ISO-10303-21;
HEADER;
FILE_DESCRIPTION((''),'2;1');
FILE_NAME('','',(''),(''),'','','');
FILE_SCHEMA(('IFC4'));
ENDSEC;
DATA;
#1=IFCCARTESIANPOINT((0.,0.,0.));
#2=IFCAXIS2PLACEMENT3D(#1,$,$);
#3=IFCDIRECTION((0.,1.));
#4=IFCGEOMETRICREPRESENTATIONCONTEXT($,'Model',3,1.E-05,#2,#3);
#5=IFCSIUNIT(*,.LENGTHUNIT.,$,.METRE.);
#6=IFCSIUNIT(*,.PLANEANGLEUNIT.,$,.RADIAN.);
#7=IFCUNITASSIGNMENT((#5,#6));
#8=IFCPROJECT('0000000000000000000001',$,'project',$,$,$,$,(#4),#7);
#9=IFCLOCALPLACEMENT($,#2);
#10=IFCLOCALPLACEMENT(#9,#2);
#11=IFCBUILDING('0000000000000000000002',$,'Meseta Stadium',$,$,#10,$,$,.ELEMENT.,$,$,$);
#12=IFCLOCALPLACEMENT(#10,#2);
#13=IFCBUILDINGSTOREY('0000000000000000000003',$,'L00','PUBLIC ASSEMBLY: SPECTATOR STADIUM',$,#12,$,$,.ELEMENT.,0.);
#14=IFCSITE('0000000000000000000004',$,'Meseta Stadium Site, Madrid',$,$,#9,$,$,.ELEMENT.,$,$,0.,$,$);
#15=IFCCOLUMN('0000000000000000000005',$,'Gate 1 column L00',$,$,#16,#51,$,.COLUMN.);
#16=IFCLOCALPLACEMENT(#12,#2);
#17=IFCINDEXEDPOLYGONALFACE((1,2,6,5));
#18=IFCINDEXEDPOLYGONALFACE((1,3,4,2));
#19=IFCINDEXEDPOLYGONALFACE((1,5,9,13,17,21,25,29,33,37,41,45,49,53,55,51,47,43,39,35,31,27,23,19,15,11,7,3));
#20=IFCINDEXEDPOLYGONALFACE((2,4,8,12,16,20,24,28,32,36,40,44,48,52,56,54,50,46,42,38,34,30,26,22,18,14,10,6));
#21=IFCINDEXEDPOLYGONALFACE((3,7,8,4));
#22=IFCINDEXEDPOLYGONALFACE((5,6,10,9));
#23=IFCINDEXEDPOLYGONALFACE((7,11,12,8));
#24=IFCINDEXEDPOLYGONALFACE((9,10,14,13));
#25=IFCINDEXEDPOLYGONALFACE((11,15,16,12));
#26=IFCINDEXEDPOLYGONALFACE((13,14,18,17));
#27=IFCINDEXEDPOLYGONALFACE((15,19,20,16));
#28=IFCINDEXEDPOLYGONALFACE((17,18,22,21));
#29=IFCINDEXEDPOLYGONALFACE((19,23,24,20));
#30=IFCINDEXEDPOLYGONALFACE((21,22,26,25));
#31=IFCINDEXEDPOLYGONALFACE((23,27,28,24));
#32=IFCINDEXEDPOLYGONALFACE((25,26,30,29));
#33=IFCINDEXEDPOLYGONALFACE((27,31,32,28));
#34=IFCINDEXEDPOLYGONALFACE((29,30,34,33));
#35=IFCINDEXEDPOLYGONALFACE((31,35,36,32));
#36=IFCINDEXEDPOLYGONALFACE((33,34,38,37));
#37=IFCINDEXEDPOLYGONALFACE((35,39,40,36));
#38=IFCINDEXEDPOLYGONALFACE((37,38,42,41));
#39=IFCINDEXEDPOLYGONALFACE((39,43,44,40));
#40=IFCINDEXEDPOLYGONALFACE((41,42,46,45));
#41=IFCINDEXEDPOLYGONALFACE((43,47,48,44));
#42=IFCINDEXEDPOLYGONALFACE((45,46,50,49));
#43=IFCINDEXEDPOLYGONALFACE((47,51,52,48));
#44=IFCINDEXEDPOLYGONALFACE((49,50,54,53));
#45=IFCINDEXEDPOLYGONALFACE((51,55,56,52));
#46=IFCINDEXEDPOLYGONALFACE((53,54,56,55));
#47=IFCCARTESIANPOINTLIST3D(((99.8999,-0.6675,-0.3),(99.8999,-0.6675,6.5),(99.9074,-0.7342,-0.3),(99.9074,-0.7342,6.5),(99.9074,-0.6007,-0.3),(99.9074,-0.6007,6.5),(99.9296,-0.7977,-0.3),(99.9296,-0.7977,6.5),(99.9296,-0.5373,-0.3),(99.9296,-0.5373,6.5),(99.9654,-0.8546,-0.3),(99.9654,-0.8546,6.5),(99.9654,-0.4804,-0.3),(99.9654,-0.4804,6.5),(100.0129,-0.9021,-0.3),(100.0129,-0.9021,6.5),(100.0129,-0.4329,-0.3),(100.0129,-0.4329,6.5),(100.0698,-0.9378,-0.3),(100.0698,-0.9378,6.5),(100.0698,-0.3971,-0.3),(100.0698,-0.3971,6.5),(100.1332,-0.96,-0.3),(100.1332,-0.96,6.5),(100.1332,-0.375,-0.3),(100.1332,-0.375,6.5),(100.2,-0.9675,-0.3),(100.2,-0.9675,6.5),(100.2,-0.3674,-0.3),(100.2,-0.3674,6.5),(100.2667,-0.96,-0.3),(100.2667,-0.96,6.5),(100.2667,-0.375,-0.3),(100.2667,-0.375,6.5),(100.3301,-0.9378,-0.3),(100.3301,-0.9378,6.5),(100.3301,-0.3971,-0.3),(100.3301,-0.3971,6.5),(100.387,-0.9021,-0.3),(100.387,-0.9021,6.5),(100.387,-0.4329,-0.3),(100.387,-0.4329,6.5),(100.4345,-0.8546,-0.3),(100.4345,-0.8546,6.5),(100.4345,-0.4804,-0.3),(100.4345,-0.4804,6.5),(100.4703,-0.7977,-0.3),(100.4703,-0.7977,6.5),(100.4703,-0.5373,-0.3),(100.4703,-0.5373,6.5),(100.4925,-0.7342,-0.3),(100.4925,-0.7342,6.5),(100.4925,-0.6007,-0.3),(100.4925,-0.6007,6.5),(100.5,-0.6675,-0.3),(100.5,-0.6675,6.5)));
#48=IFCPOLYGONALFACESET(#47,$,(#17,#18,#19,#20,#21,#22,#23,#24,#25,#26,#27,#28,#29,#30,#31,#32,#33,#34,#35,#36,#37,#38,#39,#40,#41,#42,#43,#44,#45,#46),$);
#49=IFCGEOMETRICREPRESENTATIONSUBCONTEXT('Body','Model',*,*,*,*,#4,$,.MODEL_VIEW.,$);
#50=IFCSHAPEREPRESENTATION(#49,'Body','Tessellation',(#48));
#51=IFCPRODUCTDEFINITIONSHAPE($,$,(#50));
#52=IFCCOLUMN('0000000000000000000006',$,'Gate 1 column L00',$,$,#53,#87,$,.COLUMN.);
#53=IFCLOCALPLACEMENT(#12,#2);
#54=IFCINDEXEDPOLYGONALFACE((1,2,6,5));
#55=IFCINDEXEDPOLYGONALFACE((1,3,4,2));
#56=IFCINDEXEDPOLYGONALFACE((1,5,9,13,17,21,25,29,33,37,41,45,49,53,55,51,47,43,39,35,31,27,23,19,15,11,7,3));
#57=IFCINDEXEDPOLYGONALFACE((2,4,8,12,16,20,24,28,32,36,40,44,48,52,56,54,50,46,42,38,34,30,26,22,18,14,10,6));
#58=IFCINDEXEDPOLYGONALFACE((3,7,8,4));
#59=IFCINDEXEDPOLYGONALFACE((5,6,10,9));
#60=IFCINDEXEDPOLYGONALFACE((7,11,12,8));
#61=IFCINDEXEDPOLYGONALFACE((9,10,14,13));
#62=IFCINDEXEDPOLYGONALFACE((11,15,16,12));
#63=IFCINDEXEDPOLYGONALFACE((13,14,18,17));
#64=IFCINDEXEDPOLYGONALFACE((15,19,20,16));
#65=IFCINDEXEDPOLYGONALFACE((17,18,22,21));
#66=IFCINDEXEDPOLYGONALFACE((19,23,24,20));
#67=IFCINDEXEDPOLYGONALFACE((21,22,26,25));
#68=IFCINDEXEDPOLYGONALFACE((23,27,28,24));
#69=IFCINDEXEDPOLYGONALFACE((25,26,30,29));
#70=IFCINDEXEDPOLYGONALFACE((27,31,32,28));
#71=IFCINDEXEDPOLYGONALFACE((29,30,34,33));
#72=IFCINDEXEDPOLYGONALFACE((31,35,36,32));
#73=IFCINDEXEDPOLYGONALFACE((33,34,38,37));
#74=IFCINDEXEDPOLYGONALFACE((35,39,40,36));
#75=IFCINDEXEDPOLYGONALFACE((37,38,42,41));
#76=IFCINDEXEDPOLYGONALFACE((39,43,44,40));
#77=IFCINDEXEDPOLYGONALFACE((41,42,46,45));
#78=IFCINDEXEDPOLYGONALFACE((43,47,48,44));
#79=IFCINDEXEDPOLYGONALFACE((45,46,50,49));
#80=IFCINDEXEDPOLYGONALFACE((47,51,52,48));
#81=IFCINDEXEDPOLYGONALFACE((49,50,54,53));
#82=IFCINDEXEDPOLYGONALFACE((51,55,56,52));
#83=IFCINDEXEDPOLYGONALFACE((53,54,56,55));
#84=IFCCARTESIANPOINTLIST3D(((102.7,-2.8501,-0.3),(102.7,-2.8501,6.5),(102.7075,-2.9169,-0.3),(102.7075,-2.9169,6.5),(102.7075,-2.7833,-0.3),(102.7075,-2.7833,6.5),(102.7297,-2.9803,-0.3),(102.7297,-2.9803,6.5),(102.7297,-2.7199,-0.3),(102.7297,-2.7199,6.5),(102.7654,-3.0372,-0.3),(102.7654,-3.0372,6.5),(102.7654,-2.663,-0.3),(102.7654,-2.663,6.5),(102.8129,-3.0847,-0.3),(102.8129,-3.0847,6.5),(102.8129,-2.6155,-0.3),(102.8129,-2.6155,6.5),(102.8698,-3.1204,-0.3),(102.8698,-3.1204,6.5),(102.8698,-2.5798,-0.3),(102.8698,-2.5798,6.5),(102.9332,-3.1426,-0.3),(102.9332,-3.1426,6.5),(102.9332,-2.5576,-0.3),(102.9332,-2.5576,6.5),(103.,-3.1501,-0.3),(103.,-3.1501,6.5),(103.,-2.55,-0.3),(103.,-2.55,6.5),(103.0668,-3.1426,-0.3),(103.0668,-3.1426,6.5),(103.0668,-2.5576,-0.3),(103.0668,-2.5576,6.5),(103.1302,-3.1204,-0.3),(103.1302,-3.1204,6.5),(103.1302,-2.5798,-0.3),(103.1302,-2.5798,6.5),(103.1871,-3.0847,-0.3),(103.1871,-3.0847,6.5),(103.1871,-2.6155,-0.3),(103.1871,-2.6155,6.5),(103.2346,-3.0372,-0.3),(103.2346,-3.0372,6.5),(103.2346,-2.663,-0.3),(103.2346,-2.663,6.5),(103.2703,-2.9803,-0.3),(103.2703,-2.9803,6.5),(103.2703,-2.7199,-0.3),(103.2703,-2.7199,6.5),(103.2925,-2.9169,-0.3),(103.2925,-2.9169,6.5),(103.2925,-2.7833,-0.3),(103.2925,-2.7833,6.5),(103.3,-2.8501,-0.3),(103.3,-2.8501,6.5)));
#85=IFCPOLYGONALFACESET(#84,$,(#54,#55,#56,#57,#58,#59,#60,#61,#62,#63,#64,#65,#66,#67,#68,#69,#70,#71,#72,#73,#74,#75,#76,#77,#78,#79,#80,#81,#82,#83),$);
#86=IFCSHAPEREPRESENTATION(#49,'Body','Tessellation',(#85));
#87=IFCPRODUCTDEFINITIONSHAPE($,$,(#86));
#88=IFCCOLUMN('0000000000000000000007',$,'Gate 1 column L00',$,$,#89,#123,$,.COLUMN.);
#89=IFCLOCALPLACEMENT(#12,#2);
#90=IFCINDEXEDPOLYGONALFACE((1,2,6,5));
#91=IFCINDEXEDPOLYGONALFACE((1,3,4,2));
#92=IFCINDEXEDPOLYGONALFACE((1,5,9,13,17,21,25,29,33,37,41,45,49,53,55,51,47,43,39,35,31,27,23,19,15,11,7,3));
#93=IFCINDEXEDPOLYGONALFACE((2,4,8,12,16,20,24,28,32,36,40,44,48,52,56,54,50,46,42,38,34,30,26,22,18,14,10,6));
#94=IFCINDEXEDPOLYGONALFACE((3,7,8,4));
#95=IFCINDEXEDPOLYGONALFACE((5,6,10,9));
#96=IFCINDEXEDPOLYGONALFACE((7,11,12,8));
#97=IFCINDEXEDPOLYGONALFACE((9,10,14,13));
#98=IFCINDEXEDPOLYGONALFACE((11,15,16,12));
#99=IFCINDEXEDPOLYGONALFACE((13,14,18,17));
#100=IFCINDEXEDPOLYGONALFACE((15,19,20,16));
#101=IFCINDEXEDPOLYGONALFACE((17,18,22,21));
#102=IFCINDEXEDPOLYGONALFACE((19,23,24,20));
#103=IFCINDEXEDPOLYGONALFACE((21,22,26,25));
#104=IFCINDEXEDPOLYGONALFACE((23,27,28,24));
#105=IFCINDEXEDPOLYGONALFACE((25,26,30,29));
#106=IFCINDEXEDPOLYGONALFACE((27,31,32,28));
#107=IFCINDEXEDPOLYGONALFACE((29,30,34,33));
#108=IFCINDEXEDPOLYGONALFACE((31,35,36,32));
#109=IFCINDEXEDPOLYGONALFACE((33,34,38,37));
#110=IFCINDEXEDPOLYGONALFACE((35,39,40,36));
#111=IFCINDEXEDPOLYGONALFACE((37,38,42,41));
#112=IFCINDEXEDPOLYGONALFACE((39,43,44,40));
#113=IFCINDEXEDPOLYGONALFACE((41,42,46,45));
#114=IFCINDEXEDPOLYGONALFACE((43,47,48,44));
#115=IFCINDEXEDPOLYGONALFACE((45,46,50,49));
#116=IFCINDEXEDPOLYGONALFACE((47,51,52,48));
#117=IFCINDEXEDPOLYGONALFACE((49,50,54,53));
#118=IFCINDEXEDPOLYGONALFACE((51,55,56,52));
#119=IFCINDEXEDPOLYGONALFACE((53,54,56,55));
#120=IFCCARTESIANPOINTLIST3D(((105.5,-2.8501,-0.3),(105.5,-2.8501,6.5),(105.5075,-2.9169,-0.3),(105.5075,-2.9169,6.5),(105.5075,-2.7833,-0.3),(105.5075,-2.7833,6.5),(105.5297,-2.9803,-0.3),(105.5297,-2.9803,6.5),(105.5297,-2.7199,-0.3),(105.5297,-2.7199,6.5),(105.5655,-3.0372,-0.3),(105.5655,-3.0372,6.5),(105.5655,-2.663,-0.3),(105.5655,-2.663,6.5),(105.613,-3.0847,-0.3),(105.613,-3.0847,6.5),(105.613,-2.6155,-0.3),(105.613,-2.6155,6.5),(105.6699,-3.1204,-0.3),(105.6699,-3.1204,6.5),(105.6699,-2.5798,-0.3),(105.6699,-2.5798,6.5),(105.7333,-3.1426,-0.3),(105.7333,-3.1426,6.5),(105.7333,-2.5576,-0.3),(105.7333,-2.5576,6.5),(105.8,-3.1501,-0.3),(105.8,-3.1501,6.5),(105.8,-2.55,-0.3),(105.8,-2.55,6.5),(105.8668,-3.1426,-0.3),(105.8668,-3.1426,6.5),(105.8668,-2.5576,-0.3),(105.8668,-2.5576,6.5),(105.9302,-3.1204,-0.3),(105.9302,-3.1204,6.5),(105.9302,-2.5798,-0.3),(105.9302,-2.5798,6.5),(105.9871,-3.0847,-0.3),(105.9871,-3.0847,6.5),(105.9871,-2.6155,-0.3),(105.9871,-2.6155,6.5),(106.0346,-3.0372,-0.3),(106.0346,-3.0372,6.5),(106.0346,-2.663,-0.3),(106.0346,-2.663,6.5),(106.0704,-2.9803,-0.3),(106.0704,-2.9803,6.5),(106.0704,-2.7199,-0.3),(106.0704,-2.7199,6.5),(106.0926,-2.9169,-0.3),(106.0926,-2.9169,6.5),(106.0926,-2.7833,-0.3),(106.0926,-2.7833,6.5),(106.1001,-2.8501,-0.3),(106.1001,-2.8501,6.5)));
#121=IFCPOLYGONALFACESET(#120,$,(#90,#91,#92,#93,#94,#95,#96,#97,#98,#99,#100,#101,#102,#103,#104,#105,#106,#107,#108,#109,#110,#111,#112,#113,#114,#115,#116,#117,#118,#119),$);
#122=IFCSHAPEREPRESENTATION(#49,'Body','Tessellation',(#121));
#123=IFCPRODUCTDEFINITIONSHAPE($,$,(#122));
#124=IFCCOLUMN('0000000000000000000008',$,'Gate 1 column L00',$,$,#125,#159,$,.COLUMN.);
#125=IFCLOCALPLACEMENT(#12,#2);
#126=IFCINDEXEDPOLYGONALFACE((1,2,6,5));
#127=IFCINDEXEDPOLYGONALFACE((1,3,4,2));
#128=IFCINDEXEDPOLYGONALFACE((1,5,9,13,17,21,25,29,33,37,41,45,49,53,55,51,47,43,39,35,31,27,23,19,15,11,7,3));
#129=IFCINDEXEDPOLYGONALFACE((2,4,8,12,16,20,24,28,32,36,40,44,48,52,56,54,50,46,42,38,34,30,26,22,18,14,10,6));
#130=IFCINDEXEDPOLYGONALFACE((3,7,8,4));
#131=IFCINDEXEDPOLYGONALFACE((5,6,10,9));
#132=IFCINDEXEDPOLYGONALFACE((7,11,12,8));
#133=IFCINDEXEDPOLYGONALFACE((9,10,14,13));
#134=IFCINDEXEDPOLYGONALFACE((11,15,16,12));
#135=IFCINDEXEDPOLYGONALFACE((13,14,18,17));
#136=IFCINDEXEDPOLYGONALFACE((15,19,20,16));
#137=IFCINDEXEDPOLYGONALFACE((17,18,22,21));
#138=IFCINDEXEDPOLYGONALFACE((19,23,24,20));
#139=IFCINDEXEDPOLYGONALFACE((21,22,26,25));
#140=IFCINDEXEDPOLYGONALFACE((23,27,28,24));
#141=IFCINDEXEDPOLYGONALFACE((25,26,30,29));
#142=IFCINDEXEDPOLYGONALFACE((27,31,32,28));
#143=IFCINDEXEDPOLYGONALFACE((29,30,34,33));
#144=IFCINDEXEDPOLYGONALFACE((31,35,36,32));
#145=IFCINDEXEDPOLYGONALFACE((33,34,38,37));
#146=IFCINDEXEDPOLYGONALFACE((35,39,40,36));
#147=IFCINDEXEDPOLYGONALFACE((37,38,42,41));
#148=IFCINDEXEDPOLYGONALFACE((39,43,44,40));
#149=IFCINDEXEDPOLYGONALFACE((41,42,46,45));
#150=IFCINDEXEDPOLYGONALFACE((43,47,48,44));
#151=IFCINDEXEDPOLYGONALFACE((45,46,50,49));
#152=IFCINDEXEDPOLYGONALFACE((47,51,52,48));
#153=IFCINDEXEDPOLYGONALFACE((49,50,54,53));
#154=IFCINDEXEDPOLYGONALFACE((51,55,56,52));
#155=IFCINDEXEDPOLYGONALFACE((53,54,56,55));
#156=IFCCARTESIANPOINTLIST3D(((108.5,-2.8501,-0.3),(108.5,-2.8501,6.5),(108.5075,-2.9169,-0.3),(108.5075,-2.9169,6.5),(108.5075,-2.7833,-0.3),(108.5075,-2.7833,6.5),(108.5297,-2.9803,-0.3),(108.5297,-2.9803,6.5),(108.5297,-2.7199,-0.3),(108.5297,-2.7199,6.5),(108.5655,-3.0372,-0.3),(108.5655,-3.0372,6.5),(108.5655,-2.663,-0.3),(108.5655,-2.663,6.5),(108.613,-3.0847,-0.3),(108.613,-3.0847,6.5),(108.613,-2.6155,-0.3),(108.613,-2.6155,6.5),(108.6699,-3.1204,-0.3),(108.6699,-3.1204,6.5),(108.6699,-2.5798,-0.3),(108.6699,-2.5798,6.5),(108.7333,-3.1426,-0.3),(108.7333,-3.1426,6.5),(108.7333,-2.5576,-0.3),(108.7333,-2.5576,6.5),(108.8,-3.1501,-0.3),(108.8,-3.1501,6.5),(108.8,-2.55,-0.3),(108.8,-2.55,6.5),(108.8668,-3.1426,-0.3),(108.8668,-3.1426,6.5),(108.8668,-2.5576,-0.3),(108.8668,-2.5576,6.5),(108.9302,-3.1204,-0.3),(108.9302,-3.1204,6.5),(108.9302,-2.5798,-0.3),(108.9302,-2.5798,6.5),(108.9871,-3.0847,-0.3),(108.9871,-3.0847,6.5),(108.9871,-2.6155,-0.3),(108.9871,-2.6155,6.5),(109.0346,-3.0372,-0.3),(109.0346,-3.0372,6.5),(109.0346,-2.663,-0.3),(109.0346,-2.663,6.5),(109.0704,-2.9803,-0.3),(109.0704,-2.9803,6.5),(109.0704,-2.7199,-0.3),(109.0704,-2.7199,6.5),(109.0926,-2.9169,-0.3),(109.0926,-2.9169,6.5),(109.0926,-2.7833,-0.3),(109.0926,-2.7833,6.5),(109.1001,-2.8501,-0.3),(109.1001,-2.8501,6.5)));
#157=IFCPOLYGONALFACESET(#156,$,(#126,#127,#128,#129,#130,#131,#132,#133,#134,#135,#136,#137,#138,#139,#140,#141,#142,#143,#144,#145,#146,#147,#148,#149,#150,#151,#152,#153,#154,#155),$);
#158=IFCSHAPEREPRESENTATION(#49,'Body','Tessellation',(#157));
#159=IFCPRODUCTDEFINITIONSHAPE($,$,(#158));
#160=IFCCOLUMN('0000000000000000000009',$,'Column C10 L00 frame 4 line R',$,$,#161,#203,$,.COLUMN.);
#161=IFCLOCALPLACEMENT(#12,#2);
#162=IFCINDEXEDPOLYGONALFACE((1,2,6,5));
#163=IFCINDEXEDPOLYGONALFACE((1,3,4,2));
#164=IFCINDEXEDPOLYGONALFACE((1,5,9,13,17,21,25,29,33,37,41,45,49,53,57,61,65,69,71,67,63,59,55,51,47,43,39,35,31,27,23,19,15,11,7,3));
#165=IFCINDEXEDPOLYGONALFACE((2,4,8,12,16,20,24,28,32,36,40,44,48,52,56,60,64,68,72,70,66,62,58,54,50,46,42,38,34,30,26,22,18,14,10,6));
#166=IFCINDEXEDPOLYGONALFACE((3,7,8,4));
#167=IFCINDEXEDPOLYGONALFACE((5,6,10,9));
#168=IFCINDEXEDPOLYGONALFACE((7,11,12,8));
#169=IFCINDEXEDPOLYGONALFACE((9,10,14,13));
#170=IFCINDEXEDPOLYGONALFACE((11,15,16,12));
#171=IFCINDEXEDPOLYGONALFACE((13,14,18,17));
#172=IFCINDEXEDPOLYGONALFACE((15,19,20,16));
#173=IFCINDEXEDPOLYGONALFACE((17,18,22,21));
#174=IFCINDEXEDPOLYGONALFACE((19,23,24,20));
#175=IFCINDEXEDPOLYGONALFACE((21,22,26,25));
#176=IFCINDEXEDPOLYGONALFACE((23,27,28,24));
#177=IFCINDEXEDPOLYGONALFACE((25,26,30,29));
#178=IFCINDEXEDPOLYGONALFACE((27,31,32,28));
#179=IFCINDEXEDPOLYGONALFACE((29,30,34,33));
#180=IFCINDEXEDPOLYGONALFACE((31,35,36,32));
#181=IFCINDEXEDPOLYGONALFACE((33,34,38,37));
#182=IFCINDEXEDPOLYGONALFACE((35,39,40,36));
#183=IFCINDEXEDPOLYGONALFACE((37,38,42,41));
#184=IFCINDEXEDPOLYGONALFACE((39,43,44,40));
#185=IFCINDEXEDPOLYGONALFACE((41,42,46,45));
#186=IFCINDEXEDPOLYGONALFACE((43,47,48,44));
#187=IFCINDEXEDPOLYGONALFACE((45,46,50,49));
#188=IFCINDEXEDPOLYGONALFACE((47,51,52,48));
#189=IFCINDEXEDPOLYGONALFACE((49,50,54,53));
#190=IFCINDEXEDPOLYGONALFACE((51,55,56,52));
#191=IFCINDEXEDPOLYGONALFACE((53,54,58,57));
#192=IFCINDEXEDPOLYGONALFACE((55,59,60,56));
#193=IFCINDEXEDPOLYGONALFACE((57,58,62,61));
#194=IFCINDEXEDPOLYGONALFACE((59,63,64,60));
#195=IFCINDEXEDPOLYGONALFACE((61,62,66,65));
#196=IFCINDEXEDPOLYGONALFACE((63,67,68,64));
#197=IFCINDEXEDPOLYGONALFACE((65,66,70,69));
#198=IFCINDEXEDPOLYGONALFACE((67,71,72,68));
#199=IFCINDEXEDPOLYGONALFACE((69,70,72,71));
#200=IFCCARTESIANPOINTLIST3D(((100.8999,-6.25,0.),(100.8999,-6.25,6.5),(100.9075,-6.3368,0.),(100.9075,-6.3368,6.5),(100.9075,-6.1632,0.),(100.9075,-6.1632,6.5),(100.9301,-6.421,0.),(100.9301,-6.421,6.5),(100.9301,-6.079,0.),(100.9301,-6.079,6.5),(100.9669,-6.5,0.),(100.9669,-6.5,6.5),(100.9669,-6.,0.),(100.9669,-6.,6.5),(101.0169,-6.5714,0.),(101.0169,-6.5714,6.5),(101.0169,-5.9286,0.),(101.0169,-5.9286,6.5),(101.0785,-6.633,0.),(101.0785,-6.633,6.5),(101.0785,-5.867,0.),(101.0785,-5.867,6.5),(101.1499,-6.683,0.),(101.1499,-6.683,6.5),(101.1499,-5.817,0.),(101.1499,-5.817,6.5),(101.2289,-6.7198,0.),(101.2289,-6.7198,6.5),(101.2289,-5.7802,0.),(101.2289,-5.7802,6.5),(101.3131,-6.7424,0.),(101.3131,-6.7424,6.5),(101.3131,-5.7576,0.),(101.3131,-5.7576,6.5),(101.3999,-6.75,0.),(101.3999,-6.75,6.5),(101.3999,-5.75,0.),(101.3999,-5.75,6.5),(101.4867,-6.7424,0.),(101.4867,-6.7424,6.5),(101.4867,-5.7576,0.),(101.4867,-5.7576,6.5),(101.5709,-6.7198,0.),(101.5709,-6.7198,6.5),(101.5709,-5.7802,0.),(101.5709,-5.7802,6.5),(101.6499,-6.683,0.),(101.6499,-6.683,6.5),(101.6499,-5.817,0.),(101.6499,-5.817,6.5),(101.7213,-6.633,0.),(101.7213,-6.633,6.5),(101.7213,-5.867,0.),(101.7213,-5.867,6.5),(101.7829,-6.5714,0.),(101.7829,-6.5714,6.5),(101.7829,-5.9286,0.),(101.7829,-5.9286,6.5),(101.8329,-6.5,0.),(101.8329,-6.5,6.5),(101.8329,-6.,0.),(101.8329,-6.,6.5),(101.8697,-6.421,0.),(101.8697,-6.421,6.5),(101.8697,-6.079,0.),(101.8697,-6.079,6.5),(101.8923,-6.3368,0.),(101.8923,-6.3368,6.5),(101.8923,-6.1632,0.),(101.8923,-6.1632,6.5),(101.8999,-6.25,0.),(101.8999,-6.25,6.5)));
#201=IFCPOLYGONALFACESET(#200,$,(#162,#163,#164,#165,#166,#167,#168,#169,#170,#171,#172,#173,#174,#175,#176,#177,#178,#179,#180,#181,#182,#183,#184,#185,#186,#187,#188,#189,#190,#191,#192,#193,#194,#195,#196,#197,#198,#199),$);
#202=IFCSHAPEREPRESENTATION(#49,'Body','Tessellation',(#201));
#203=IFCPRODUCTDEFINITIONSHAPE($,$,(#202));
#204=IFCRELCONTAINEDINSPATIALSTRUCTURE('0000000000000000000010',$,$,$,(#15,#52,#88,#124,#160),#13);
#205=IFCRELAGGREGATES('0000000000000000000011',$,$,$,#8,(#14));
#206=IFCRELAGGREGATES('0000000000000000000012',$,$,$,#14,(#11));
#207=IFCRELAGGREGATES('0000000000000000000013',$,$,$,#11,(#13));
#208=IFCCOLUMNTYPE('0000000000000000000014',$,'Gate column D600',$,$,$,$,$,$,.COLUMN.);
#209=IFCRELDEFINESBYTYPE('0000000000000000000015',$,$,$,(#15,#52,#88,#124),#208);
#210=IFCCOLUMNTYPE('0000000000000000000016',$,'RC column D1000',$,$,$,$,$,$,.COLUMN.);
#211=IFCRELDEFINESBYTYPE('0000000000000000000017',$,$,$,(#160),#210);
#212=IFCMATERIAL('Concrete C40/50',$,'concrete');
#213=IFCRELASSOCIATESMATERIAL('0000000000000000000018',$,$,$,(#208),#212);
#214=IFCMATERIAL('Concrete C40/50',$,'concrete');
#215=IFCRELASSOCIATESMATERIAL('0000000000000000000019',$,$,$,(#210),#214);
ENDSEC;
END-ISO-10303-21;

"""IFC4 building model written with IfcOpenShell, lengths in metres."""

from ifc_helpers import new_model, si_unit, direction, frame, origin, origin_2d, place, context, subcontext, project, spatial, circle, extrude, material, material_profile, profile_set, type_object, element, save


model = new_model("IFC4")

# Units and contexts
model_context = context("Model", 3, precision=1e-05, world=origin(), true_north=direction((0.0, 1.0)))
body_context = subcontext(model_context, "Body", "Model", "MODEL_VIEW")
ifc_project = project(units=[si_unit("LENGTHUNIT", "METRE"), si_unit("PLANEANGLEUNIT", "RADIAN")], contexts=[model_context])

# Site, building, storey
site_placement = place(None, origin())
site = spatial("IfcSite", under=ifc_project, at=site_placement, Name="Meseta Stadium Site, Madrid", CompositionType="ELEMENT", RefElevation=0.0)
building_placement = place(site_placement, origin())
building = spatial("IfcBuilding", under=site, at=building_placement, Name="Meseta Stadium", CompositionType="ELEMENT")
storey_placement = place(building_placement, origin())
storey = spatial("IfcBuildingStorey", under=building, at=storey_placement, Name="L00", Description="PUBLIC ASSEMBLY: SPECTATOR STADIUM", CompositionType="ELEMENT", Elevation=0.0)

# Columns
ifc_material_1 = material(Name="Concrete C40/50", Category="concrete")
ifc_material_profile_1 = material_profile(ifc_material_1, circle(Radius=0.3, at=origin_2d()), Name="RC D600")
ifc_profile_set_1 = profile_set([ifc_material_profile_1], Name="Concrete C40/50")
column_type_1 = type_object("IfcColumnType", Name="Gate column D600", PredefinedType="COLUMN", material=ifc_profile_set_1)
for number, where, z_axis, x_axis, name in (
    (1, (100.2, -0.6675, -0.3), (0.0, 0.0, 1.0), (1.0, 0.0, 0.0), "Gate 1 column L00"),
    (2, (103.0, -2.8501, -0.3), (0.0, 0.0, 1.0), (1.0, 0.0, 0.0), "Gate 1 column L00"),
    (3, (105.8, -2.8501, -0.3), (0.0, 0.0, 1.0), (1.0, 0.0, 0.0), "Gate 1 column L00"),
    (4, (108.8, -2.8501, -0.3), (0.0, 0.0, 1.0), (1.0, 0.0, 0.0), "Gate 1 column L00"),
):
    element("IfcColumn", number, at=place(storey_placement, frame(where, z_axis=z_axis, x_axis=x_axis)), inside=storey, type_object=column_type_1, Name=name, PredefinedType="COLUMN", context=body_context, shape_type="SweptSolid", body=[
        extrude(circle(Radius=0.3, at=origin_2d()), origin(), (0.0, 0.0, 1.0), 6.8),
    ])
ifc_material_2 = material(Name="Concrete C40/50", Category="concrete")
ifc_material_profile_2 = material_profile(ifc_material_2, circle(Radius=0.5, at=origin_2d()), Name="RC D1000")
ifc_profile_set_2 = profile_set([ifc_material_profile_2], Name="Concrete C40/50")
column_type_2 = type_object("IfcColumnType", Name="RC column D1000", PredefinedType="COLUMN", material=ifc_profile_set_2)
column_placement = place(storey_placement, frame((101.3999, -6.25, 0.0), z_axis=(0.0, 0.0, 1.0), x_axis=(1.0, 0.0, 0.0)))
element("IfcColumn", 5, at=column_placement, inside=storey, type_object=column_type_2, Name="Column C10 L00 frame 4 line R", PredefinedType="COLUMN", context=body_context, shape_type="SweptSolid", body=[
    extrude(circle(Radius=0.5, at=origin_2d()), origin(), (0.0, 0.0, 1.0), 6.5),
])

save(model, "model.ifc")
